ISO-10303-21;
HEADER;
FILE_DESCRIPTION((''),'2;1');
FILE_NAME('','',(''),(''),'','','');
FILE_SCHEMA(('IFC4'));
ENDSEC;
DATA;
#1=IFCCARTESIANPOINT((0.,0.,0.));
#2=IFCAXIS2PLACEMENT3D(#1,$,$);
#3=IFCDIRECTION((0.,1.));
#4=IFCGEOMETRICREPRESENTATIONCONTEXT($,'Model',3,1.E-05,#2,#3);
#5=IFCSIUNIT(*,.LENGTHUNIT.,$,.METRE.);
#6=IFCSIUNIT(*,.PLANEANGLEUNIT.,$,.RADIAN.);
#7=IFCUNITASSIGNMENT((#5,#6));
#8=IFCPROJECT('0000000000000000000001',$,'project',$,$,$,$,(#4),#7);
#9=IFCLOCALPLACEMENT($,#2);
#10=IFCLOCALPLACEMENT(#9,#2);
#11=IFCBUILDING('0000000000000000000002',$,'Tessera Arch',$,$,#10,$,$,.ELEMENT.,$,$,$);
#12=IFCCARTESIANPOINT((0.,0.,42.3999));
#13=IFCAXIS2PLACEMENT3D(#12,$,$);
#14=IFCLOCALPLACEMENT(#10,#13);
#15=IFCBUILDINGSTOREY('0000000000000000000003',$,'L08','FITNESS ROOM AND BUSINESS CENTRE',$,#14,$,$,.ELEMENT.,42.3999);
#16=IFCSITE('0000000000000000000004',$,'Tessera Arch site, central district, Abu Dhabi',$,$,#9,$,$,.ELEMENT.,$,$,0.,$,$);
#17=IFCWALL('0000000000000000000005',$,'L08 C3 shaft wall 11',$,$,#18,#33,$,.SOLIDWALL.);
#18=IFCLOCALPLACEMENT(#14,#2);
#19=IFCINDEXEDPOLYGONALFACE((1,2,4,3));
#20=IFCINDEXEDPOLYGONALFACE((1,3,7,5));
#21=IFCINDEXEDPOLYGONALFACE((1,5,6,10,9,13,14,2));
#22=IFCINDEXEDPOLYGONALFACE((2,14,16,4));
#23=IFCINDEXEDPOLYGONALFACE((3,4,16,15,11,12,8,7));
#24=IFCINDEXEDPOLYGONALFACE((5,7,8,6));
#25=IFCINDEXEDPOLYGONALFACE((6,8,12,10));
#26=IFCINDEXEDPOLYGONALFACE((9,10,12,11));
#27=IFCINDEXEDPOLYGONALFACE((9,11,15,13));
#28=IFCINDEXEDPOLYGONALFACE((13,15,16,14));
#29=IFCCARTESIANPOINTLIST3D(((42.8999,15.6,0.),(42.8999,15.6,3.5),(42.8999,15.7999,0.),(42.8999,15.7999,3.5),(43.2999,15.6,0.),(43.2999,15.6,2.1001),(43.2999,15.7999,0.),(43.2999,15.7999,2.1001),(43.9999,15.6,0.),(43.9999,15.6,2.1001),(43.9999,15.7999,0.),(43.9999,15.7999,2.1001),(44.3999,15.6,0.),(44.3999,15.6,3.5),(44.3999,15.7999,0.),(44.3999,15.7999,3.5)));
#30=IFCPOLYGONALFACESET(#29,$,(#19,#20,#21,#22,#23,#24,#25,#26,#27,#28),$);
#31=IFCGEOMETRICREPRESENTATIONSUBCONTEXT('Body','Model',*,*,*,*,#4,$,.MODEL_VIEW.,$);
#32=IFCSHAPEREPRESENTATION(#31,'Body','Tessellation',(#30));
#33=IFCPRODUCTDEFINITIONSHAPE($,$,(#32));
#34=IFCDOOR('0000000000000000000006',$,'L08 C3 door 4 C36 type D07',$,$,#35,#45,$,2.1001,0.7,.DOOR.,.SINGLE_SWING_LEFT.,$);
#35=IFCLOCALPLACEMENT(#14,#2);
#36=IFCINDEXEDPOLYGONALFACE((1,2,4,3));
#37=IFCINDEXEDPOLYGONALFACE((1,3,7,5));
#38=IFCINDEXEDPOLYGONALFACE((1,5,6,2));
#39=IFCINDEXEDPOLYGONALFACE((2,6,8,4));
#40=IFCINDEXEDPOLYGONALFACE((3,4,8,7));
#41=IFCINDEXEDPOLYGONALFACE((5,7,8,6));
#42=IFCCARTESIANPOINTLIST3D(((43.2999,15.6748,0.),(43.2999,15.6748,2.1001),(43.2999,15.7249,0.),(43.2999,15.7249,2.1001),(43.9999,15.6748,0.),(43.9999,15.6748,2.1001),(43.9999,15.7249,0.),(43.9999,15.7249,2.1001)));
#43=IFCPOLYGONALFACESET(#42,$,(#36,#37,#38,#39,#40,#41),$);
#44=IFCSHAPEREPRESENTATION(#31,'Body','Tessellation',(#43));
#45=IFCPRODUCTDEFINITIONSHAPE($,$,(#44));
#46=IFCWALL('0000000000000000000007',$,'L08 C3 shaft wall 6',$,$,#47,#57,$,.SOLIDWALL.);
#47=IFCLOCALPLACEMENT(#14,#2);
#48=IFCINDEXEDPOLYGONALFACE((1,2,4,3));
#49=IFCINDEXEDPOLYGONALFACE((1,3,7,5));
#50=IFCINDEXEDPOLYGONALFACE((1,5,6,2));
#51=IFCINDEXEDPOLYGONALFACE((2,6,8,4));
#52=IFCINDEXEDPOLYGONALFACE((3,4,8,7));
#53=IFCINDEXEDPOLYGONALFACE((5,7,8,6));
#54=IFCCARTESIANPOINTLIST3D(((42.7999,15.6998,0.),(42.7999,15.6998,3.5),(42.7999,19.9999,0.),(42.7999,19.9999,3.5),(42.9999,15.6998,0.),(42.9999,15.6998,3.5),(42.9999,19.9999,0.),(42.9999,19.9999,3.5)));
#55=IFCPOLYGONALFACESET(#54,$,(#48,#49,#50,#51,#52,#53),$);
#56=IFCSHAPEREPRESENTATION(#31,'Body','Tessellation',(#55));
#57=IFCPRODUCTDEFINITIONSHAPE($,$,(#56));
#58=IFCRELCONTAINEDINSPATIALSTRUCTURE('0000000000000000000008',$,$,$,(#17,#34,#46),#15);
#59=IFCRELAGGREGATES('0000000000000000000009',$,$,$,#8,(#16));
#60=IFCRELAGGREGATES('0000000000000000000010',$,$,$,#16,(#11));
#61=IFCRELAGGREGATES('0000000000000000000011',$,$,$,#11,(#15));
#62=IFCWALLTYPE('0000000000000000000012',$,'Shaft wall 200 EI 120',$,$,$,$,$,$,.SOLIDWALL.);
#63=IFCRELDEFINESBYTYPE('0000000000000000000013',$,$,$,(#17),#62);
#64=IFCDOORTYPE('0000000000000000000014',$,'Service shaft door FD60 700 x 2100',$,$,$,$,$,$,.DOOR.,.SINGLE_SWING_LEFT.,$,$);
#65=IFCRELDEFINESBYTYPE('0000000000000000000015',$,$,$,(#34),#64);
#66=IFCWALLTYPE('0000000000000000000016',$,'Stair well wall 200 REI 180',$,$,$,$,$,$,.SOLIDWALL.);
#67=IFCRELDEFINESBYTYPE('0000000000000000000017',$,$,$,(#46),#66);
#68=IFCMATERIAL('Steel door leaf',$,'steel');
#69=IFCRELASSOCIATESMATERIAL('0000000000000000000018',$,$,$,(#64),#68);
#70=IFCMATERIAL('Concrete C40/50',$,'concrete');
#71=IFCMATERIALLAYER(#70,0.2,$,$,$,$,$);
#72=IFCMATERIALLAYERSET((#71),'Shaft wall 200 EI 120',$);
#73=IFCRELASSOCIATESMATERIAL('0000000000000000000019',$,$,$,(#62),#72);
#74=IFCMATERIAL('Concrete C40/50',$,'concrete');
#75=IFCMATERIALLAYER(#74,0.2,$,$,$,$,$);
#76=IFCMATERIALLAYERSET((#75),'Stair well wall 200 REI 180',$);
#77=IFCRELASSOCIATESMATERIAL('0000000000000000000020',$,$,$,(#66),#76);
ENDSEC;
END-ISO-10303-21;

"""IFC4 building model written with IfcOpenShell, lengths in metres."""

from ifc_helpers import new_model, si_unit, direction, frame, frame_2d, origin, place, context, subcontext, project, spatial, rectangle, extrude, material, layer, layer_set, type_object, element, fill, save


model = new_model("IFC4")

# Units and contexts
model_context = context("Model", 3, precision=1e-05, world=origin(), true_north=direction((0.0, 1.0)))
body_context = subcontext(model_context, "Body", "Model", "MODEL_VIEW")
ifc_project = project(units=[si_unit("LENGTHUNIT", "METRE"), si_unit("PLANEANGLEUNIT", "RADIAN")], contexts=[model_context])

# Site, building, storey
site_placement = place(None, origin())
site = spatial("IfcSite", under=ifc_project, at=site_placement, Name="Tessera Arch site, central district, Abu Dhabi", CompositionType="ELEMENT", RefElevation=0.0)
building_placement = place(site_placement, origin())
building = spatial("IfcBuilding", under=site, at=building_placement, Name="Tessera Arch", CompositionType="ELEMENT")
storey_placement = place(building_placement, frame((0.0, 0.0, 42.3999)))
storey = spatial("IfcBuildingStorey", under=building, at=storey_placement, Name="L08", Description="FITNESS ROOM AND BUSINESS CENTRE", CompositionType="ELEMENT", Elevation=42.3999)

# Shared definitions
ifc_material_1 = material(Name="Steel door leaf", Category="steel")
door_type_1 = type_object("IfcDoorType", Name="Service shaft door FD60 700 x 2100", OperationType="SINGLE_SWING_LEFT", PredefinedType="DOOR", material=ifc_material_1)

# Shared definitions
ifc_material_2 = material(Name="Concrete C40/50", Category="concrete")
ifc_layer_1 = layer(ifc_material_2, 0.2)
ifc_layer_set_1 = layer_set([ifc_layer_1], Name="Shaft wall 200 EI 120")
wall_type_1 = type_object("IfcWallType", Name="Shaft wall 200 EI 120", PredefinedType="SOLIDWALL", material=ifc_layer_set_1)

# Wall, opening, door
wall_1_placement = place(storey_placement, frame((42.8999, 15.7, 0.0), z_axis=(0.0, 0.0, 1.0), x_axis=(1.0, 0.0, 0.0)))
wall_1 = element("IfcWall", 1, at=wall_1_placement, inside=storey, type_object=wall_type_1, Name="L08 C3 shaft wall 11", PredefinedType="SOLIDWALL", context=body_context, shape_type="SweptSolid", body=[
    extrude(rectangle(XDim=1.5, YDim=0.2, at=frame_2d((0.75, 0.0))), origin(), (0.0, 0.0, 1.0), 3.5),
])
opening_1_placement = place(wall_1_placement, frame((0.3999, 0.0, 0.0)))
opening_1 = element("IfcOpeningElement", 2, at=opening_1_placement, cuts=wall_1, PredefinedType="OPENING", context=body_context, shape_type="SweptSolid", body=[
    extrude(rectangle(XDim=0.7, YDim=2.1001, at=frame_2d((0.3501, 1.05))), frame((0.0, 0.1099, 0.0), z_axis=(0.0, -1.0, 0.0), x_axis=(1.0, 0.0, 0.0)), (0.0, 0.0, 1.0), 0.22),
])
door_1_placement = place(opening_1_placement, origin())
door_1 = element("IfcDoor", 3, at=door_1_placement, inside=storey, type_object=door_type_1, Name="L08 C3 door 4 C36 type D07", OperationType="SINGLE_SWING_LEFT", OverallHeight=2.1001, OverallWidth=0.7, PredefinedType="DOOR", context=body_context, shape_type="SweptSolid", body=[
    extrude(rectangle(XDim=0.7, YDim=2.1001, at=frame_2d((0.3501, 1.05))), frame((0.0, 0.0249, 0.0), z_axis=(0.0, -1.0, 0.0), x_axis=(1.0, 0.0, 0.0)), (0.0, 0.0, 1.0), 0.05),
])
fill(opening_1, door_1)

# Wall
ifc_material_3 = material(Name="Concrete C40/50", Category="concrete")
ifc_layer_2 = layer(ifc_material_3, 0.2)
ifc_layer_set_2 = layer_set([ifc_layer_2], Name="Stair well wall 200 REI 180")
wall_type_2 = type_object("IfcWallType", Name="Stair well wall 200 REI 180", PredefinedType="SOLIDWALL", material=ifc_layer_set_2)
wall_2_placement = place(storey_placement, frame((42.8999, 15.7, 0.0), z_axis=(0.0, 0.0, 1.0), x_axis=(0.0, 1.0, 0.0)))
element("IfcWall", 4, at=wall_2_placement, inside=storey, type_object=wall_type_2, Name="L08 C3 shaft wall 6", PredefinedType="SOLIDWALL", context=body_context, shape_type="SweptSolid", body=[
    extrude(rectangle(XDim=4.3, YDim=0.2, at=frame_2d((2.1499, 0.0))), origin(), (0.0, 0.0, 1.0), 3.5),
])

save(model, "model.ifc")
